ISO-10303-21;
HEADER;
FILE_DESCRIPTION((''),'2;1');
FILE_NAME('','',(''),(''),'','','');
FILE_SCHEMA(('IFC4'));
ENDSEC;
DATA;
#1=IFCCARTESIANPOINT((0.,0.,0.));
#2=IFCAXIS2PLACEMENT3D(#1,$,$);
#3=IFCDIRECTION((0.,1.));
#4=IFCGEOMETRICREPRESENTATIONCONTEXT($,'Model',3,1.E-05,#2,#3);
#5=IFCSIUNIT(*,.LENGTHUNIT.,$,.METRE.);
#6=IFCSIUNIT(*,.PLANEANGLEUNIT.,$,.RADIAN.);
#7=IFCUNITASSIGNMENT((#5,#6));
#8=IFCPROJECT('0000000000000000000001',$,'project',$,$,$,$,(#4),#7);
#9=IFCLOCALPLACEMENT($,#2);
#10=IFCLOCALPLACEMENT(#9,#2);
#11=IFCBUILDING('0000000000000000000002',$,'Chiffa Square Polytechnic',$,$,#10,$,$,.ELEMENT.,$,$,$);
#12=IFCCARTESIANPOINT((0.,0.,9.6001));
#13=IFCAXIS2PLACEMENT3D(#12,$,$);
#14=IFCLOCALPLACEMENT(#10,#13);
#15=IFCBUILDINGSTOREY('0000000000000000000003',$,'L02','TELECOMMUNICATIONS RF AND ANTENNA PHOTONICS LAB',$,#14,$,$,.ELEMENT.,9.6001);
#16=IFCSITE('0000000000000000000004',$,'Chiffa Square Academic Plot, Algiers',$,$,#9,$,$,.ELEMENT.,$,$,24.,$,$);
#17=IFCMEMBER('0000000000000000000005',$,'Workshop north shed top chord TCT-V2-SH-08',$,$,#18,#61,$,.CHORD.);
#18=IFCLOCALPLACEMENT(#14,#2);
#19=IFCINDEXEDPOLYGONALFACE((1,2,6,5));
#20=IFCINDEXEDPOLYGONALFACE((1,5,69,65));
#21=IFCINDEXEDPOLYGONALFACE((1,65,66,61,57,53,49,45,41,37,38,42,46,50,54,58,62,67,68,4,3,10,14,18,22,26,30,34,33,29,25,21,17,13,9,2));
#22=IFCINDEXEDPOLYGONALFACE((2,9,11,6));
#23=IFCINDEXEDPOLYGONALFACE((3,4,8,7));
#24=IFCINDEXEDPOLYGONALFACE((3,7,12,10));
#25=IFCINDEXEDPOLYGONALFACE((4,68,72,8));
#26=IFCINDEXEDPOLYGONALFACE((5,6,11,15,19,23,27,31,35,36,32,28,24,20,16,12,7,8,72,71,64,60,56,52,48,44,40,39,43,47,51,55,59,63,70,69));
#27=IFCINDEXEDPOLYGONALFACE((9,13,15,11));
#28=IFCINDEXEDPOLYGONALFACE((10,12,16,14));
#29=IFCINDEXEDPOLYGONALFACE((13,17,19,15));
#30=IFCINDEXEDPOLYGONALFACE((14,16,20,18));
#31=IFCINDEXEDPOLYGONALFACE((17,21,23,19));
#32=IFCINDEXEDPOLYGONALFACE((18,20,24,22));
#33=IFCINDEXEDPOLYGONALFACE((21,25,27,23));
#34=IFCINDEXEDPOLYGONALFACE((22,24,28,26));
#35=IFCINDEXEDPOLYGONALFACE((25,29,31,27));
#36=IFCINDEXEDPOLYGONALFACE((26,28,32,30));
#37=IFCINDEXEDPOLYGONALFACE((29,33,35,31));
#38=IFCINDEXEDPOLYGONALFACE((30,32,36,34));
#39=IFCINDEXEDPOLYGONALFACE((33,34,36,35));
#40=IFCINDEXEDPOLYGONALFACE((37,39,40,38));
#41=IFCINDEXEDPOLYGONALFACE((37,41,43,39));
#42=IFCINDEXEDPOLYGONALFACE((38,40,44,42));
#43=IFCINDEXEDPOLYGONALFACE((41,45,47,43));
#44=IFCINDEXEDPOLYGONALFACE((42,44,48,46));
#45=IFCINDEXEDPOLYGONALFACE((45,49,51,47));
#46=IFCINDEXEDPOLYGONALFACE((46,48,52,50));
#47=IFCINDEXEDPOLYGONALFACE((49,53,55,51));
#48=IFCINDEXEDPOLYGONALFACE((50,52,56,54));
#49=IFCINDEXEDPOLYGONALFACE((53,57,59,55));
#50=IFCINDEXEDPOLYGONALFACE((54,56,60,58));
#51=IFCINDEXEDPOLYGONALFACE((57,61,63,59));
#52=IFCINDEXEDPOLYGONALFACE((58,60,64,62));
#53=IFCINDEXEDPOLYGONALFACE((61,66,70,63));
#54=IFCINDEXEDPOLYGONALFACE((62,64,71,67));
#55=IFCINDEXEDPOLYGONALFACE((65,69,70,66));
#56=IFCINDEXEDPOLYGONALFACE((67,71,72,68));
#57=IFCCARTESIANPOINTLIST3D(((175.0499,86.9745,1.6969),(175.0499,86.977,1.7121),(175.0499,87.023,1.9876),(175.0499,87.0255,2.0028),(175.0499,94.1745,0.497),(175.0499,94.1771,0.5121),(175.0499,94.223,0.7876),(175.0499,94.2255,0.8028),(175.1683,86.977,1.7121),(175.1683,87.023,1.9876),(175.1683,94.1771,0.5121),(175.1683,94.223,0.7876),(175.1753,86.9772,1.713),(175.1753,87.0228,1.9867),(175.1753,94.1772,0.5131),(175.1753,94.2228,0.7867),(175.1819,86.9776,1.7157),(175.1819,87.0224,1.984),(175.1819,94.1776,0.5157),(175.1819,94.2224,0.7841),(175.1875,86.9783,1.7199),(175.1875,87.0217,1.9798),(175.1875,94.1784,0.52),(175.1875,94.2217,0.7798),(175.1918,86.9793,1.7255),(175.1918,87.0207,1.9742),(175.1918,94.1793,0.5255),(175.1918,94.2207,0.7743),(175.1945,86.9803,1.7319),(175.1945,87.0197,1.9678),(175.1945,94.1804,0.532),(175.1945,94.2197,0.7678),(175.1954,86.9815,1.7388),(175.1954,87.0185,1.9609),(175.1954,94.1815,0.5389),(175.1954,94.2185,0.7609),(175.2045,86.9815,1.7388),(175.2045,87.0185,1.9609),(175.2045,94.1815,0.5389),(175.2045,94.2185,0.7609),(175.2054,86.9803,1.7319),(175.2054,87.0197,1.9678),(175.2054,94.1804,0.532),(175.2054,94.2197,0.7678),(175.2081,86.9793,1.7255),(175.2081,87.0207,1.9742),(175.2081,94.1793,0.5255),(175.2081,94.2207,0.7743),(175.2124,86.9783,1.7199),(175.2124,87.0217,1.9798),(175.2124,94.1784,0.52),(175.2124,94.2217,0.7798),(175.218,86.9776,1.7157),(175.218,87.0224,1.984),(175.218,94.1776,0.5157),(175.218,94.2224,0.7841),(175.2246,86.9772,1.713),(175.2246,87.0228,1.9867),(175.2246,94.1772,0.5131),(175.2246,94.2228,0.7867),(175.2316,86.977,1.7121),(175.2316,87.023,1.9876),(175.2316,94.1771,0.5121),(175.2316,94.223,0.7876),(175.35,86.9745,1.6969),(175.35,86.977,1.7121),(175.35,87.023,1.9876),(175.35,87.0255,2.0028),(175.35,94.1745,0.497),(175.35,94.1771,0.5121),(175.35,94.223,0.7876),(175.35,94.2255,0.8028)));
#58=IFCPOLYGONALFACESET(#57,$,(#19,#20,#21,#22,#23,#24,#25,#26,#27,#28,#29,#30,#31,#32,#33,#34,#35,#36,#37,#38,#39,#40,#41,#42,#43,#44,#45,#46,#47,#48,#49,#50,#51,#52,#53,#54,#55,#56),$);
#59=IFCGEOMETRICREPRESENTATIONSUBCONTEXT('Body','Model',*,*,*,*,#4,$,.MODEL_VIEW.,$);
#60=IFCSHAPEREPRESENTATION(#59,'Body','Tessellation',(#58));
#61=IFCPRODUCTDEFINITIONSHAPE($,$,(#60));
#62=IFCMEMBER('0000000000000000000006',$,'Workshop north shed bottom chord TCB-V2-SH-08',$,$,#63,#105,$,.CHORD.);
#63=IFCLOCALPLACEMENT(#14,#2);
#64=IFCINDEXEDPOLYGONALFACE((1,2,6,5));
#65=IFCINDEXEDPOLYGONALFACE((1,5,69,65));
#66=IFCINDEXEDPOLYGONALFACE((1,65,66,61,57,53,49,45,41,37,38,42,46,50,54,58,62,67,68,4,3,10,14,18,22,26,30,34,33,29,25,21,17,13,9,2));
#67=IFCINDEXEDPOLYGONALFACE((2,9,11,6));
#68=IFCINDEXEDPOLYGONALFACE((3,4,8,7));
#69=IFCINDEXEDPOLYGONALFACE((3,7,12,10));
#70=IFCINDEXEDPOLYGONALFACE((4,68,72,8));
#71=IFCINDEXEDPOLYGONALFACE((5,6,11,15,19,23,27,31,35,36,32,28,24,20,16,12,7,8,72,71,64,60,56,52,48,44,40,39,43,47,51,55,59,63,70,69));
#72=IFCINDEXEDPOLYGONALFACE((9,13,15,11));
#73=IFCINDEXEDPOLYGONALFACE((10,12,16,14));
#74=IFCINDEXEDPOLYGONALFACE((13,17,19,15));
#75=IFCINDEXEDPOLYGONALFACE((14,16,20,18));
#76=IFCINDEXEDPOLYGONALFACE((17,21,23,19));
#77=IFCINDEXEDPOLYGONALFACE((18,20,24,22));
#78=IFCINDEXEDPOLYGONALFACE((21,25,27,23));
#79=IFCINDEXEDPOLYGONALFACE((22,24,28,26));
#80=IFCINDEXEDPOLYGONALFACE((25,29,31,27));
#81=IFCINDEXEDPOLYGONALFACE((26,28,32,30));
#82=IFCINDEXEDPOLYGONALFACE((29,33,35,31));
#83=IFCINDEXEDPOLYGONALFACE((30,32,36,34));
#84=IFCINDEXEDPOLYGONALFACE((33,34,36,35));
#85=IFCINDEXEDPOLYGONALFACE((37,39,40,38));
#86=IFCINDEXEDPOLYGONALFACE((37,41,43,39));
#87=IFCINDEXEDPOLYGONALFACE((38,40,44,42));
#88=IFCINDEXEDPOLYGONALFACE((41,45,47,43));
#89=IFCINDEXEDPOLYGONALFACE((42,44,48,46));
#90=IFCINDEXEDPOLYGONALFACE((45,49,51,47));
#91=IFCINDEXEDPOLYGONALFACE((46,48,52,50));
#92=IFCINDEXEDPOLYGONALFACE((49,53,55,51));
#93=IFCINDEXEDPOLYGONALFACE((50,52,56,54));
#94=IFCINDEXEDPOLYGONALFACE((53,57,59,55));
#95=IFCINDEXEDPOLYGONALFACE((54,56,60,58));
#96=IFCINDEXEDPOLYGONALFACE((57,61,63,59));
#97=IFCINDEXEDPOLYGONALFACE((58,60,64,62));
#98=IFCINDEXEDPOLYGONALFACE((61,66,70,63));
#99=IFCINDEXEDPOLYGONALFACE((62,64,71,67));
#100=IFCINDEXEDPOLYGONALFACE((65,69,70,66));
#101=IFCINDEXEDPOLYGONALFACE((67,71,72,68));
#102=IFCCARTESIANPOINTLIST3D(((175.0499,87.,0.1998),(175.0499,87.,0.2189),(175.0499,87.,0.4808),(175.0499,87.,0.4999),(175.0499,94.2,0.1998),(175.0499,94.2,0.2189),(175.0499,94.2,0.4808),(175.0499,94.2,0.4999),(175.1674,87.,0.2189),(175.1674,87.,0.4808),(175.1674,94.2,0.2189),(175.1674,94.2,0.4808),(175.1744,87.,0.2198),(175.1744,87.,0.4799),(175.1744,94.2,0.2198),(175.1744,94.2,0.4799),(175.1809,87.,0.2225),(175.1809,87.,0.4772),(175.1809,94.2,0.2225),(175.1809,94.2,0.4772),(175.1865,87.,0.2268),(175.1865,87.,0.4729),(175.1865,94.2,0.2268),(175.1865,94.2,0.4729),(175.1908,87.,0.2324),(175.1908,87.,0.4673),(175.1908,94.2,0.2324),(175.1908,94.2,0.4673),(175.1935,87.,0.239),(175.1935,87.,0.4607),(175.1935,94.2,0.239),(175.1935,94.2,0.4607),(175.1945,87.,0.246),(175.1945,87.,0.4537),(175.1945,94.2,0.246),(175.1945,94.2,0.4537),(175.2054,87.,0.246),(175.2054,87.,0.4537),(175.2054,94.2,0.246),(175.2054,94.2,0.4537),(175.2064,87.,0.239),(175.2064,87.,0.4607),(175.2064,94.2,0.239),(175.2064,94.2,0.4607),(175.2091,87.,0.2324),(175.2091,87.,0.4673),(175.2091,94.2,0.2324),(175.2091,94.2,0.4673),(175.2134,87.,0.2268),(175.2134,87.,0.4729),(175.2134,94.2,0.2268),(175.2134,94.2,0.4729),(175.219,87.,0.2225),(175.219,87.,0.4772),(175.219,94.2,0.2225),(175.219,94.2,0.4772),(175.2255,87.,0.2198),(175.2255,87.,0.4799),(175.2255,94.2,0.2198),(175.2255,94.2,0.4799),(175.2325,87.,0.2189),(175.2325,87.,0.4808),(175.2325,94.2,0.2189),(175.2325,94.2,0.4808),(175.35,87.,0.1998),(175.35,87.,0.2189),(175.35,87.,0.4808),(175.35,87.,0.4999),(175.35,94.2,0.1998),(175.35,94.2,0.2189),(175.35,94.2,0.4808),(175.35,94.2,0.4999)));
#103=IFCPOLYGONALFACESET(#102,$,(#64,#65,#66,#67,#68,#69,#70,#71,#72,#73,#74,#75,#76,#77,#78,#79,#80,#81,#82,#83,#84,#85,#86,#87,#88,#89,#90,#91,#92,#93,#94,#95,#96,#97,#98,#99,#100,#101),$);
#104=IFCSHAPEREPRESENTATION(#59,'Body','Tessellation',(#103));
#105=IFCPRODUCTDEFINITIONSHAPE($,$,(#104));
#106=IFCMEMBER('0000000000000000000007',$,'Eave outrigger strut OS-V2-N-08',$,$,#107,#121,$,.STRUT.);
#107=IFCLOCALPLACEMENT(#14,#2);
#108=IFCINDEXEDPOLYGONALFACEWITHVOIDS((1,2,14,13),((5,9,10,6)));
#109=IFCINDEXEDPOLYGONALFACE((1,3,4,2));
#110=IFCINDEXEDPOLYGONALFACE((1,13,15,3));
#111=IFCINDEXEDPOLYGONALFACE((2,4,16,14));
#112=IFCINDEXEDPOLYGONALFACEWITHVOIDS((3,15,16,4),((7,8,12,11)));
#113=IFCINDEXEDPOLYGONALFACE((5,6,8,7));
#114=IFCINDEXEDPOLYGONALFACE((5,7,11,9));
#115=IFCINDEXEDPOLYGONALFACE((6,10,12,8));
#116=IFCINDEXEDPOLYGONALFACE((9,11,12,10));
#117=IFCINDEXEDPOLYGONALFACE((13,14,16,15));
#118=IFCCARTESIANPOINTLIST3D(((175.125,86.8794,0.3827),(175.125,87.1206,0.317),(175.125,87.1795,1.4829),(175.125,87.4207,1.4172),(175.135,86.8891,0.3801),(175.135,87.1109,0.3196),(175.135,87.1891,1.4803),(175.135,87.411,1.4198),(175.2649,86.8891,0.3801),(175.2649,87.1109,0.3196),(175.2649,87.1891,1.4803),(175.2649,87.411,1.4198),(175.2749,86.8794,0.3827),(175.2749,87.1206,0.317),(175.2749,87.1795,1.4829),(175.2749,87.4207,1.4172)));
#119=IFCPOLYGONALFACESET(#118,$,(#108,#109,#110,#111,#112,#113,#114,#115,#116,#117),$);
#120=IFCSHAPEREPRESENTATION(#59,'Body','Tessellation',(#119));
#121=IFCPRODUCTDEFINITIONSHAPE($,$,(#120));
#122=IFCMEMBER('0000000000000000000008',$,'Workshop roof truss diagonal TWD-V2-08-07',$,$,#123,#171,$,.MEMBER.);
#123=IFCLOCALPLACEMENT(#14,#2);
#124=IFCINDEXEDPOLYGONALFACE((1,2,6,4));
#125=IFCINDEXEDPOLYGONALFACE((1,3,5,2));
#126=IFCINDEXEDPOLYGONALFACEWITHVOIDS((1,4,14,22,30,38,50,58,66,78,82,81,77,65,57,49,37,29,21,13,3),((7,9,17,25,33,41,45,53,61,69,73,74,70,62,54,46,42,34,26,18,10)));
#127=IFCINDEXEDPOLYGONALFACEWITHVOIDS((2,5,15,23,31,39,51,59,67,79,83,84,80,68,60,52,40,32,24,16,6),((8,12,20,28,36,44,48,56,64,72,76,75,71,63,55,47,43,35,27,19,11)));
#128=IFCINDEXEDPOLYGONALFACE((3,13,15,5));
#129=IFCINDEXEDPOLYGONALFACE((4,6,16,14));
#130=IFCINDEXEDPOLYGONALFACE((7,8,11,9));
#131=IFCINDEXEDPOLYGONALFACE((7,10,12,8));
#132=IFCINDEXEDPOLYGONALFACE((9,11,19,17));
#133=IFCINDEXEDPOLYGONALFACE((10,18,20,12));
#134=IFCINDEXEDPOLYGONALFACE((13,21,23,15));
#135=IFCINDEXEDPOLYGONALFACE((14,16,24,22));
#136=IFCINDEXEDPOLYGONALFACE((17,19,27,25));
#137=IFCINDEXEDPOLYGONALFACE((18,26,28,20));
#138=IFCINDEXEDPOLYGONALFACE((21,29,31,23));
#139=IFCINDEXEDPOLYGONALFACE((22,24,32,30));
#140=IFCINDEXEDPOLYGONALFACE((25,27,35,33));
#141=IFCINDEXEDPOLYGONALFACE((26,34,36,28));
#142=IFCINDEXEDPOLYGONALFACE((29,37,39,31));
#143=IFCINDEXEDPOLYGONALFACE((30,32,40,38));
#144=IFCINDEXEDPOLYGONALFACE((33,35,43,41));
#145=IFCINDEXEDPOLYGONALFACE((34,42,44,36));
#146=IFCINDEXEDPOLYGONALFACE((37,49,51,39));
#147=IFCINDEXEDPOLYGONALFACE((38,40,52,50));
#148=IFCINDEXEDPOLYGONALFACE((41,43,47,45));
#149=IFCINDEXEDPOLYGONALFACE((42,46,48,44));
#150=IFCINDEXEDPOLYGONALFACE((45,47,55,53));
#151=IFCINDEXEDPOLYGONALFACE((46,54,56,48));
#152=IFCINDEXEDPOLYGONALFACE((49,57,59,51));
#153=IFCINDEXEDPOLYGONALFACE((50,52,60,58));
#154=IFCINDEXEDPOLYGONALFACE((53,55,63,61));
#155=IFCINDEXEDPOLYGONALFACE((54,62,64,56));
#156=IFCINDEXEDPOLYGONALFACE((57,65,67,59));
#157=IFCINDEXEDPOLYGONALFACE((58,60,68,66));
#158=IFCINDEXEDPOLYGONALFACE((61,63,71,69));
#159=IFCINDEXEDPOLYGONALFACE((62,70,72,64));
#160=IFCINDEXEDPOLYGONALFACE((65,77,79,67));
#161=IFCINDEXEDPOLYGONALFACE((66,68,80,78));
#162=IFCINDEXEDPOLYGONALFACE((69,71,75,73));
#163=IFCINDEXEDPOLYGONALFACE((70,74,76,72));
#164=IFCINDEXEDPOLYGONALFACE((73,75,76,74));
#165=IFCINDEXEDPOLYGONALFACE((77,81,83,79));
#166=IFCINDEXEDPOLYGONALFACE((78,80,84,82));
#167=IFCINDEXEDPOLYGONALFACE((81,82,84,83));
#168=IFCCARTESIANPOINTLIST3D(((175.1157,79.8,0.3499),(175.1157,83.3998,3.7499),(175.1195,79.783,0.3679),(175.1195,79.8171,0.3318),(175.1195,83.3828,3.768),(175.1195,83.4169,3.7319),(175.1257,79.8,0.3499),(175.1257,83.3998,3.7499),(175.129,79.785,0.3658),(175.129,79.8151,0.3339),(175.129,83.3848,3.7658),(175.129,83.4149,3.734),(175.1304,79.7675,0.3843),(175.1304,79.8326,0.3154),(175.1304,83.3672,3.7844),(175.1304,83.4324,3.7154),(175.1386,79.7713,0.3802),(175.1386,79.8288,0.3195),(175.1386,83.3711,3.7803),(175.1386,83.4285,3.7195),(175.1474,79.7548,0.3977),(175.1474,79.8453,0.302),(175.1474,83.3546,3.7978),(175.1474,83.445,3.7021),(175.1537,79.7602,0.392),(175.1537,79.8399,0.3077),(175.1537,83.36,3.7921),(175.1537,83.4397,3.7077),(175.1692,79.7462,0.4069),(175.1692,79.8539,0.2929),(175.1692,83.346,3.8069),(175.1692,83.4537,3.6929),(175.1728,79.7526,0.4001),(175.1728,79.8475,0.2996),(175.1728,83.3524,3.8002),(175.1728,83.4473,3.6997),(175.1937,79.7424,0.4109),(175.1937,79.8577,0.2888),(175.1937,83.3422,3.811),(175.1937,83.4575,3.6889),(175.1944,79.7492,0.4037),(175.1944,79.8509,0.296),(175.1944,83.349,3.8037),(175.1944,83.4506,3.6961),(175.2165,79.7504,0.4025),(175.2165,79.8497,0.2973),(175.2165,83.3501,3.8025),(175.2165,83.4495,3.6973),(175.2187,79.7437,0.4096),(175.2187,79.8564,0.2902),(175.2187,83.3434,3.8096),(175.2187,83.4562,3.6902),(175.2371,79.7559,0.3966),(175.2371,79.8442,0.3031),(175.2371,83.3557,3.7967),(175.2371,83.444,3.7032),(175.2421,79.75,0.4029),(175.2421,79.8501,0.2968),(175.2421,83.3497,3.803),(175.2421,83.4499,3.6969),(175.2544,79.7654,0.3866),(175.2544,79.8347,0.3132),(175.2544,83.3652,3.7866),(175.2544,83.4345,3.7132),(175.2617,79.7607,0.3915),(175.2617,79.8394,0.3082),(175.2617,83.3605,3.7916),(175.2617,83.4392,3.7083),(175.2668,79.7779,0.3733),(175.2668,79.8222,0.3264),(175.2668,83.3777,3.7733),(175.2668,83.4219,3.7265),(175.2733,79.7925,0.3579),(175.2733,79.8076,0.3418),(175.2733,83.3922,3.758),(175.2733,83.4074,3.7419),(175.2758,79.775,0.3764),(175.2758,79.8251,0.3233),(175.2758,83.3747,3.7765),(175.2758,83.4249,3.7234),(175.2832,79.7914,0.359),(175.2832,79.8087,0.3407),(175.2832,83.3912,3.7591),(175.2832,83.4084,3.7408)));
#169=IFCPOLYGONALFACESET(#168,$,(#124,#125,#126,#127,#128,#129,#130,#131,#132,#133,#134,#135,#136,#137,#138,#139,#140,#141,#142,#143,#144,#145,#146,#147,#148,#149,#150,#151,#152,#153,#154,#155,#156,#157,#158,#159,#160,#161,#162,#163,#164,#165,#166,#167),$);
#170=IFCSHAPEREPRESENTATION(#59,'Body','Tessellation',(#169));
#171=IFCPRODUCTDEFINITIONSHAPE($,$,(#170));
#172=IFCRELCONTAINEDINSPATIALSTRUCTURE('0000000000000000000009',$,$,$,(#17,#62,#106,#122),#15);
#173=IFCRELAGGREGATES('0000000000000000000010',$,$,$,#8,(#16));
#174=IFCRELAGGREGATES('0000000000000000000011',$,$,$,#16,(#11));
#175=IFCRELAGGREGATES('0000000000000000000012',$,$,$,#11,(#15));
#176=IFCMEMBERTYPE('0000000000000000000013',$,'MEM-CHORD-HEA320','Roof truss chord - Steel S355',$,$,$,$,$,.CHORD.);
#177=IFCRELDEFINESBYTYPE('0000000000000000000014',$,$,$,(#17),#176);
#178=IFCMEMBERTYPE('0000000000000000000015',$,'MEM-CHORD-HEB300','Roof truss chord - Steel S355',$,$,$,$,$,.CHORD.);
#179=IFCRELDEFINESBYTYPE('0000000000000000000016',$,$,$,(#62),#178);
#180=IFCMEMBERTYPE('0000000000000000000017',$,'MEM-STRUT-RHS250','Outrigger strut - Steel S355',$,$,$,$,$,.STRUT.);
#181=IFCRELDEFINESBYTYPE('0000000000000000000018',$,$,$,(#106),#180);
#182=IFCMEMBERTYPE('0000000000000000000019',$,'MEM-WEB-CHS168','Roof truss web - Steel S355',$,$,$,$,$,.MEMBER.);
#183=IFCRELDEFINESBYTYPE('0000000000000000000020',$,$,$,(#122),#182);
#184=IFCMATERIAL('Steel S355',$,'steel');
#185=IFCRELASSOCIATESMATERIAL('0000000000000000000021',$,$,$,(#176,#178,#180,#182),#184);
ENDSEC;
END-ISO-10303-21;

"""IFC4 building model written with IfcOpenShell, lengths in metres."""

from ifc_helpers import new_model, si_unit, direction, frame, origin, origin_2d, place, context, subcontext, project, spatial, hollow_rectangle, hollow_circle, i_section, extrude, material, material_profile, profile_set, type_object, element, save


model = new_model("IFC4")

# Units and contexts
model_context = context("Model", 3, precision=1e-05, world=origin(), true_north=direction((0.0, 1.0)))
body_context = subcontext(model_context, "Body", "Model", "MODEL_VIEW")
ifc_project = project(units=[si_unit("LENGTHUNIT", "METRE"), si_unit("PLANEANGLEUNIT", "RADIAN")], contexts=[model_context])

# Site, building, storey
site_placement = place(None, origin())
site = spatial("IfcSite", under=ifc_project, at=site_placement, Name="Chiffa Square Academic Plot, Algiers", CompositionType="ELEMENT", RefElevation=24.0)
building_placement = place(site_placement, origin())
building = spatial("IfcBuilding", under=site, at=building_placement, Name="Chiffa Square Polytechnic", CompositionType="ELEMENT")
storey_placement = place(building_placement, frame((0.0, 0.0, 9.6001)))
storey = spatial("IfcBuildingStorey", under=building, at=storey_placement, Name="L02", Description="TELECOMMUNICATIONS RF AND ANTENNA PHOTONICS LAB", CompositionType="ELEMENT", Elevation=9.6001)

# Shared definitions
ifc_material_1 = material(Name="Steel S355", Category="steel")

# Members
ifc_material_profile_1 = material_profile(ifc_material_1, i_section(OverallWidth=0.3, OverallDepth=0.3101, WebThickness=0.009, FlangeThickness=0.0154, FilletRadius=0.0271, at=origin_2d()), Name="HEA 320")
ifc_profile_set_1 = profile_set([ifc_material_profile_1], Name="Steel S355")
member_type_1 = type_object("IfcMemberType", Name="MEM-CHORD-HEA320", Description="Roof truss chord - Steel S355", PredefinedType="CHORD", material=ifc_profile_set_1)
member_1_placement = place(storey_placement, frame((175.2, 87.0, 1.8499), z_axis=(0.0, 0.986395, -0.164394), x_axis=(-1.0, 0.0, 0.0)))
element("IfcMember", 1, at=member_1_placement, inside=storey, type_object=member_type_1, Name="Workshop north shed top chord TCT-V2-SH-08", PredefinedType="CHORD", context=body_context, shape_type="SweptSolid", body=[
    extrude(i_section(OverallWidth=0.3, OverallDepth=0.3101, WebThickness=0.009, FlangeThickness=0.0154, FilletRadius=0.0271, at=origin_2d()), origin(), (0.0, 0.0, 1.0), 7.2993),
])
ifc_material_profile_2 = material_profile(ifc_material_1, i_section(OverallWidth=0.3, OverallDepth=0.3, WebThickness=0.011, FlangeThickness=0.019, FilletRadius=0.0271, at=origin_2d()), Name="HEB 300")
ifc_profile_set_2 = profile_set([ifc_material_profile_2], Name="Steel S355")
member_type_2 = type_object("IfcMemberType", Name="MEM-CHORD-HEB300", Description="Roof truss chord - Steel S355", PredefinedType="CHORD", material=ifc_profile_set_2)
member_2_placement = place(storey_placement, frame((175.2, 87.0, 0.3499), z_axis=(0.0, 1.0, 0.0), x_axis=(-1.0, 0.0, 0.0)))
element("IfcMember", 2, at=member_2_placement, inside=storey, type_object=member_type_2, Name="Workshop north shed bottom chord TCB-V2-SH-08", PredefinedType="CHORD", context=body_context, shape_type="SweptSolid", body=[
    extrude(i_section(OverallWidth=0.3, OverallDepth=0.3, WebThickness=0.011, FlangeThickness=0.019, FilletRadius=0.0271, at=origin_2d()), origin(), (0.0, 0.0, 1.0), 7.2),
])
ifc_material_profile_3 = material_profile(ifc_material_1, hollow_rectangle(XDim=0.1499, YDim=0.25, WallThickness=0.01, at=origin_2d()), Name="RHS 250x150x10")
ifc_profile_set_3 = profile_set([ifc_material_profile_3], Name="Steel S355")
member_type_3 = type_object("IfcMemberType", Name="MEM-STRUT-RHS250", Description="Outrigger strut - Steel S355", PredefinedType="STRUT", material=ifc_profile_set_3)
member_3_placement = place(storey_placement, frame((175.2, 87.0, 0.3499), z_axis=(0.0, 0.263136, 0.964759), x_axis=(-1.0, 0.0, 0.0)))
element("IfcMember", 3, at=member_3_placement, inside=storey, type_object=member_type_3, Name="Eave outrigger strut OS-V2-N-08", PredefinedType="STRUT", context=body_context, shape_type="SweptSolid", body=[
    extrude(hollow_rectangle(XDim=0.1499, YDim=0.25, WallThickness=0.01, at=origin_2d()), origin(), (0.0, 0.0, 1.0), 1.1404),
])
ifc_material_profile_4 = material_profile(ifc_material_1, hollow_circle(Radius=0.0842, WallThickness=0.01, at=origin_2d()), Name="CHS 168.3x10")
ifc_profile_set_4 = profile_set([ifc_material_profile_4], Name="Steel S355")
member_type_4 = type_object("IfcMemberType", Name="MEM-WEB-CHS168", Description="Roof truss web - Steel S355", PredefinedType="MEMBER", material=ifc_profile_set_4)
member_4_placement = place(storey_placement, frame((175.2, 79.8, 0.3499), z_axis=(0.0, 0.726984, 0.686654), x_axis=(-1.0, 0.0, 0.0)))
element("IfcMember", 4, at=member_4_placement, inside=storey, type_object=member_type_4, Name="Workshop roof truss diagonal TWD-V2-08-07", PredefinedType="MEMBER", context=body_context, shape_type="SweptSolid", body=[
    extrude(hollow_circle(Radius=0.0842, WallThickness=0.01, at=origin_2d()), origin(), (0.0, 0.0, 1.0), 4.9517),
])

save(model, "model.ifc")
